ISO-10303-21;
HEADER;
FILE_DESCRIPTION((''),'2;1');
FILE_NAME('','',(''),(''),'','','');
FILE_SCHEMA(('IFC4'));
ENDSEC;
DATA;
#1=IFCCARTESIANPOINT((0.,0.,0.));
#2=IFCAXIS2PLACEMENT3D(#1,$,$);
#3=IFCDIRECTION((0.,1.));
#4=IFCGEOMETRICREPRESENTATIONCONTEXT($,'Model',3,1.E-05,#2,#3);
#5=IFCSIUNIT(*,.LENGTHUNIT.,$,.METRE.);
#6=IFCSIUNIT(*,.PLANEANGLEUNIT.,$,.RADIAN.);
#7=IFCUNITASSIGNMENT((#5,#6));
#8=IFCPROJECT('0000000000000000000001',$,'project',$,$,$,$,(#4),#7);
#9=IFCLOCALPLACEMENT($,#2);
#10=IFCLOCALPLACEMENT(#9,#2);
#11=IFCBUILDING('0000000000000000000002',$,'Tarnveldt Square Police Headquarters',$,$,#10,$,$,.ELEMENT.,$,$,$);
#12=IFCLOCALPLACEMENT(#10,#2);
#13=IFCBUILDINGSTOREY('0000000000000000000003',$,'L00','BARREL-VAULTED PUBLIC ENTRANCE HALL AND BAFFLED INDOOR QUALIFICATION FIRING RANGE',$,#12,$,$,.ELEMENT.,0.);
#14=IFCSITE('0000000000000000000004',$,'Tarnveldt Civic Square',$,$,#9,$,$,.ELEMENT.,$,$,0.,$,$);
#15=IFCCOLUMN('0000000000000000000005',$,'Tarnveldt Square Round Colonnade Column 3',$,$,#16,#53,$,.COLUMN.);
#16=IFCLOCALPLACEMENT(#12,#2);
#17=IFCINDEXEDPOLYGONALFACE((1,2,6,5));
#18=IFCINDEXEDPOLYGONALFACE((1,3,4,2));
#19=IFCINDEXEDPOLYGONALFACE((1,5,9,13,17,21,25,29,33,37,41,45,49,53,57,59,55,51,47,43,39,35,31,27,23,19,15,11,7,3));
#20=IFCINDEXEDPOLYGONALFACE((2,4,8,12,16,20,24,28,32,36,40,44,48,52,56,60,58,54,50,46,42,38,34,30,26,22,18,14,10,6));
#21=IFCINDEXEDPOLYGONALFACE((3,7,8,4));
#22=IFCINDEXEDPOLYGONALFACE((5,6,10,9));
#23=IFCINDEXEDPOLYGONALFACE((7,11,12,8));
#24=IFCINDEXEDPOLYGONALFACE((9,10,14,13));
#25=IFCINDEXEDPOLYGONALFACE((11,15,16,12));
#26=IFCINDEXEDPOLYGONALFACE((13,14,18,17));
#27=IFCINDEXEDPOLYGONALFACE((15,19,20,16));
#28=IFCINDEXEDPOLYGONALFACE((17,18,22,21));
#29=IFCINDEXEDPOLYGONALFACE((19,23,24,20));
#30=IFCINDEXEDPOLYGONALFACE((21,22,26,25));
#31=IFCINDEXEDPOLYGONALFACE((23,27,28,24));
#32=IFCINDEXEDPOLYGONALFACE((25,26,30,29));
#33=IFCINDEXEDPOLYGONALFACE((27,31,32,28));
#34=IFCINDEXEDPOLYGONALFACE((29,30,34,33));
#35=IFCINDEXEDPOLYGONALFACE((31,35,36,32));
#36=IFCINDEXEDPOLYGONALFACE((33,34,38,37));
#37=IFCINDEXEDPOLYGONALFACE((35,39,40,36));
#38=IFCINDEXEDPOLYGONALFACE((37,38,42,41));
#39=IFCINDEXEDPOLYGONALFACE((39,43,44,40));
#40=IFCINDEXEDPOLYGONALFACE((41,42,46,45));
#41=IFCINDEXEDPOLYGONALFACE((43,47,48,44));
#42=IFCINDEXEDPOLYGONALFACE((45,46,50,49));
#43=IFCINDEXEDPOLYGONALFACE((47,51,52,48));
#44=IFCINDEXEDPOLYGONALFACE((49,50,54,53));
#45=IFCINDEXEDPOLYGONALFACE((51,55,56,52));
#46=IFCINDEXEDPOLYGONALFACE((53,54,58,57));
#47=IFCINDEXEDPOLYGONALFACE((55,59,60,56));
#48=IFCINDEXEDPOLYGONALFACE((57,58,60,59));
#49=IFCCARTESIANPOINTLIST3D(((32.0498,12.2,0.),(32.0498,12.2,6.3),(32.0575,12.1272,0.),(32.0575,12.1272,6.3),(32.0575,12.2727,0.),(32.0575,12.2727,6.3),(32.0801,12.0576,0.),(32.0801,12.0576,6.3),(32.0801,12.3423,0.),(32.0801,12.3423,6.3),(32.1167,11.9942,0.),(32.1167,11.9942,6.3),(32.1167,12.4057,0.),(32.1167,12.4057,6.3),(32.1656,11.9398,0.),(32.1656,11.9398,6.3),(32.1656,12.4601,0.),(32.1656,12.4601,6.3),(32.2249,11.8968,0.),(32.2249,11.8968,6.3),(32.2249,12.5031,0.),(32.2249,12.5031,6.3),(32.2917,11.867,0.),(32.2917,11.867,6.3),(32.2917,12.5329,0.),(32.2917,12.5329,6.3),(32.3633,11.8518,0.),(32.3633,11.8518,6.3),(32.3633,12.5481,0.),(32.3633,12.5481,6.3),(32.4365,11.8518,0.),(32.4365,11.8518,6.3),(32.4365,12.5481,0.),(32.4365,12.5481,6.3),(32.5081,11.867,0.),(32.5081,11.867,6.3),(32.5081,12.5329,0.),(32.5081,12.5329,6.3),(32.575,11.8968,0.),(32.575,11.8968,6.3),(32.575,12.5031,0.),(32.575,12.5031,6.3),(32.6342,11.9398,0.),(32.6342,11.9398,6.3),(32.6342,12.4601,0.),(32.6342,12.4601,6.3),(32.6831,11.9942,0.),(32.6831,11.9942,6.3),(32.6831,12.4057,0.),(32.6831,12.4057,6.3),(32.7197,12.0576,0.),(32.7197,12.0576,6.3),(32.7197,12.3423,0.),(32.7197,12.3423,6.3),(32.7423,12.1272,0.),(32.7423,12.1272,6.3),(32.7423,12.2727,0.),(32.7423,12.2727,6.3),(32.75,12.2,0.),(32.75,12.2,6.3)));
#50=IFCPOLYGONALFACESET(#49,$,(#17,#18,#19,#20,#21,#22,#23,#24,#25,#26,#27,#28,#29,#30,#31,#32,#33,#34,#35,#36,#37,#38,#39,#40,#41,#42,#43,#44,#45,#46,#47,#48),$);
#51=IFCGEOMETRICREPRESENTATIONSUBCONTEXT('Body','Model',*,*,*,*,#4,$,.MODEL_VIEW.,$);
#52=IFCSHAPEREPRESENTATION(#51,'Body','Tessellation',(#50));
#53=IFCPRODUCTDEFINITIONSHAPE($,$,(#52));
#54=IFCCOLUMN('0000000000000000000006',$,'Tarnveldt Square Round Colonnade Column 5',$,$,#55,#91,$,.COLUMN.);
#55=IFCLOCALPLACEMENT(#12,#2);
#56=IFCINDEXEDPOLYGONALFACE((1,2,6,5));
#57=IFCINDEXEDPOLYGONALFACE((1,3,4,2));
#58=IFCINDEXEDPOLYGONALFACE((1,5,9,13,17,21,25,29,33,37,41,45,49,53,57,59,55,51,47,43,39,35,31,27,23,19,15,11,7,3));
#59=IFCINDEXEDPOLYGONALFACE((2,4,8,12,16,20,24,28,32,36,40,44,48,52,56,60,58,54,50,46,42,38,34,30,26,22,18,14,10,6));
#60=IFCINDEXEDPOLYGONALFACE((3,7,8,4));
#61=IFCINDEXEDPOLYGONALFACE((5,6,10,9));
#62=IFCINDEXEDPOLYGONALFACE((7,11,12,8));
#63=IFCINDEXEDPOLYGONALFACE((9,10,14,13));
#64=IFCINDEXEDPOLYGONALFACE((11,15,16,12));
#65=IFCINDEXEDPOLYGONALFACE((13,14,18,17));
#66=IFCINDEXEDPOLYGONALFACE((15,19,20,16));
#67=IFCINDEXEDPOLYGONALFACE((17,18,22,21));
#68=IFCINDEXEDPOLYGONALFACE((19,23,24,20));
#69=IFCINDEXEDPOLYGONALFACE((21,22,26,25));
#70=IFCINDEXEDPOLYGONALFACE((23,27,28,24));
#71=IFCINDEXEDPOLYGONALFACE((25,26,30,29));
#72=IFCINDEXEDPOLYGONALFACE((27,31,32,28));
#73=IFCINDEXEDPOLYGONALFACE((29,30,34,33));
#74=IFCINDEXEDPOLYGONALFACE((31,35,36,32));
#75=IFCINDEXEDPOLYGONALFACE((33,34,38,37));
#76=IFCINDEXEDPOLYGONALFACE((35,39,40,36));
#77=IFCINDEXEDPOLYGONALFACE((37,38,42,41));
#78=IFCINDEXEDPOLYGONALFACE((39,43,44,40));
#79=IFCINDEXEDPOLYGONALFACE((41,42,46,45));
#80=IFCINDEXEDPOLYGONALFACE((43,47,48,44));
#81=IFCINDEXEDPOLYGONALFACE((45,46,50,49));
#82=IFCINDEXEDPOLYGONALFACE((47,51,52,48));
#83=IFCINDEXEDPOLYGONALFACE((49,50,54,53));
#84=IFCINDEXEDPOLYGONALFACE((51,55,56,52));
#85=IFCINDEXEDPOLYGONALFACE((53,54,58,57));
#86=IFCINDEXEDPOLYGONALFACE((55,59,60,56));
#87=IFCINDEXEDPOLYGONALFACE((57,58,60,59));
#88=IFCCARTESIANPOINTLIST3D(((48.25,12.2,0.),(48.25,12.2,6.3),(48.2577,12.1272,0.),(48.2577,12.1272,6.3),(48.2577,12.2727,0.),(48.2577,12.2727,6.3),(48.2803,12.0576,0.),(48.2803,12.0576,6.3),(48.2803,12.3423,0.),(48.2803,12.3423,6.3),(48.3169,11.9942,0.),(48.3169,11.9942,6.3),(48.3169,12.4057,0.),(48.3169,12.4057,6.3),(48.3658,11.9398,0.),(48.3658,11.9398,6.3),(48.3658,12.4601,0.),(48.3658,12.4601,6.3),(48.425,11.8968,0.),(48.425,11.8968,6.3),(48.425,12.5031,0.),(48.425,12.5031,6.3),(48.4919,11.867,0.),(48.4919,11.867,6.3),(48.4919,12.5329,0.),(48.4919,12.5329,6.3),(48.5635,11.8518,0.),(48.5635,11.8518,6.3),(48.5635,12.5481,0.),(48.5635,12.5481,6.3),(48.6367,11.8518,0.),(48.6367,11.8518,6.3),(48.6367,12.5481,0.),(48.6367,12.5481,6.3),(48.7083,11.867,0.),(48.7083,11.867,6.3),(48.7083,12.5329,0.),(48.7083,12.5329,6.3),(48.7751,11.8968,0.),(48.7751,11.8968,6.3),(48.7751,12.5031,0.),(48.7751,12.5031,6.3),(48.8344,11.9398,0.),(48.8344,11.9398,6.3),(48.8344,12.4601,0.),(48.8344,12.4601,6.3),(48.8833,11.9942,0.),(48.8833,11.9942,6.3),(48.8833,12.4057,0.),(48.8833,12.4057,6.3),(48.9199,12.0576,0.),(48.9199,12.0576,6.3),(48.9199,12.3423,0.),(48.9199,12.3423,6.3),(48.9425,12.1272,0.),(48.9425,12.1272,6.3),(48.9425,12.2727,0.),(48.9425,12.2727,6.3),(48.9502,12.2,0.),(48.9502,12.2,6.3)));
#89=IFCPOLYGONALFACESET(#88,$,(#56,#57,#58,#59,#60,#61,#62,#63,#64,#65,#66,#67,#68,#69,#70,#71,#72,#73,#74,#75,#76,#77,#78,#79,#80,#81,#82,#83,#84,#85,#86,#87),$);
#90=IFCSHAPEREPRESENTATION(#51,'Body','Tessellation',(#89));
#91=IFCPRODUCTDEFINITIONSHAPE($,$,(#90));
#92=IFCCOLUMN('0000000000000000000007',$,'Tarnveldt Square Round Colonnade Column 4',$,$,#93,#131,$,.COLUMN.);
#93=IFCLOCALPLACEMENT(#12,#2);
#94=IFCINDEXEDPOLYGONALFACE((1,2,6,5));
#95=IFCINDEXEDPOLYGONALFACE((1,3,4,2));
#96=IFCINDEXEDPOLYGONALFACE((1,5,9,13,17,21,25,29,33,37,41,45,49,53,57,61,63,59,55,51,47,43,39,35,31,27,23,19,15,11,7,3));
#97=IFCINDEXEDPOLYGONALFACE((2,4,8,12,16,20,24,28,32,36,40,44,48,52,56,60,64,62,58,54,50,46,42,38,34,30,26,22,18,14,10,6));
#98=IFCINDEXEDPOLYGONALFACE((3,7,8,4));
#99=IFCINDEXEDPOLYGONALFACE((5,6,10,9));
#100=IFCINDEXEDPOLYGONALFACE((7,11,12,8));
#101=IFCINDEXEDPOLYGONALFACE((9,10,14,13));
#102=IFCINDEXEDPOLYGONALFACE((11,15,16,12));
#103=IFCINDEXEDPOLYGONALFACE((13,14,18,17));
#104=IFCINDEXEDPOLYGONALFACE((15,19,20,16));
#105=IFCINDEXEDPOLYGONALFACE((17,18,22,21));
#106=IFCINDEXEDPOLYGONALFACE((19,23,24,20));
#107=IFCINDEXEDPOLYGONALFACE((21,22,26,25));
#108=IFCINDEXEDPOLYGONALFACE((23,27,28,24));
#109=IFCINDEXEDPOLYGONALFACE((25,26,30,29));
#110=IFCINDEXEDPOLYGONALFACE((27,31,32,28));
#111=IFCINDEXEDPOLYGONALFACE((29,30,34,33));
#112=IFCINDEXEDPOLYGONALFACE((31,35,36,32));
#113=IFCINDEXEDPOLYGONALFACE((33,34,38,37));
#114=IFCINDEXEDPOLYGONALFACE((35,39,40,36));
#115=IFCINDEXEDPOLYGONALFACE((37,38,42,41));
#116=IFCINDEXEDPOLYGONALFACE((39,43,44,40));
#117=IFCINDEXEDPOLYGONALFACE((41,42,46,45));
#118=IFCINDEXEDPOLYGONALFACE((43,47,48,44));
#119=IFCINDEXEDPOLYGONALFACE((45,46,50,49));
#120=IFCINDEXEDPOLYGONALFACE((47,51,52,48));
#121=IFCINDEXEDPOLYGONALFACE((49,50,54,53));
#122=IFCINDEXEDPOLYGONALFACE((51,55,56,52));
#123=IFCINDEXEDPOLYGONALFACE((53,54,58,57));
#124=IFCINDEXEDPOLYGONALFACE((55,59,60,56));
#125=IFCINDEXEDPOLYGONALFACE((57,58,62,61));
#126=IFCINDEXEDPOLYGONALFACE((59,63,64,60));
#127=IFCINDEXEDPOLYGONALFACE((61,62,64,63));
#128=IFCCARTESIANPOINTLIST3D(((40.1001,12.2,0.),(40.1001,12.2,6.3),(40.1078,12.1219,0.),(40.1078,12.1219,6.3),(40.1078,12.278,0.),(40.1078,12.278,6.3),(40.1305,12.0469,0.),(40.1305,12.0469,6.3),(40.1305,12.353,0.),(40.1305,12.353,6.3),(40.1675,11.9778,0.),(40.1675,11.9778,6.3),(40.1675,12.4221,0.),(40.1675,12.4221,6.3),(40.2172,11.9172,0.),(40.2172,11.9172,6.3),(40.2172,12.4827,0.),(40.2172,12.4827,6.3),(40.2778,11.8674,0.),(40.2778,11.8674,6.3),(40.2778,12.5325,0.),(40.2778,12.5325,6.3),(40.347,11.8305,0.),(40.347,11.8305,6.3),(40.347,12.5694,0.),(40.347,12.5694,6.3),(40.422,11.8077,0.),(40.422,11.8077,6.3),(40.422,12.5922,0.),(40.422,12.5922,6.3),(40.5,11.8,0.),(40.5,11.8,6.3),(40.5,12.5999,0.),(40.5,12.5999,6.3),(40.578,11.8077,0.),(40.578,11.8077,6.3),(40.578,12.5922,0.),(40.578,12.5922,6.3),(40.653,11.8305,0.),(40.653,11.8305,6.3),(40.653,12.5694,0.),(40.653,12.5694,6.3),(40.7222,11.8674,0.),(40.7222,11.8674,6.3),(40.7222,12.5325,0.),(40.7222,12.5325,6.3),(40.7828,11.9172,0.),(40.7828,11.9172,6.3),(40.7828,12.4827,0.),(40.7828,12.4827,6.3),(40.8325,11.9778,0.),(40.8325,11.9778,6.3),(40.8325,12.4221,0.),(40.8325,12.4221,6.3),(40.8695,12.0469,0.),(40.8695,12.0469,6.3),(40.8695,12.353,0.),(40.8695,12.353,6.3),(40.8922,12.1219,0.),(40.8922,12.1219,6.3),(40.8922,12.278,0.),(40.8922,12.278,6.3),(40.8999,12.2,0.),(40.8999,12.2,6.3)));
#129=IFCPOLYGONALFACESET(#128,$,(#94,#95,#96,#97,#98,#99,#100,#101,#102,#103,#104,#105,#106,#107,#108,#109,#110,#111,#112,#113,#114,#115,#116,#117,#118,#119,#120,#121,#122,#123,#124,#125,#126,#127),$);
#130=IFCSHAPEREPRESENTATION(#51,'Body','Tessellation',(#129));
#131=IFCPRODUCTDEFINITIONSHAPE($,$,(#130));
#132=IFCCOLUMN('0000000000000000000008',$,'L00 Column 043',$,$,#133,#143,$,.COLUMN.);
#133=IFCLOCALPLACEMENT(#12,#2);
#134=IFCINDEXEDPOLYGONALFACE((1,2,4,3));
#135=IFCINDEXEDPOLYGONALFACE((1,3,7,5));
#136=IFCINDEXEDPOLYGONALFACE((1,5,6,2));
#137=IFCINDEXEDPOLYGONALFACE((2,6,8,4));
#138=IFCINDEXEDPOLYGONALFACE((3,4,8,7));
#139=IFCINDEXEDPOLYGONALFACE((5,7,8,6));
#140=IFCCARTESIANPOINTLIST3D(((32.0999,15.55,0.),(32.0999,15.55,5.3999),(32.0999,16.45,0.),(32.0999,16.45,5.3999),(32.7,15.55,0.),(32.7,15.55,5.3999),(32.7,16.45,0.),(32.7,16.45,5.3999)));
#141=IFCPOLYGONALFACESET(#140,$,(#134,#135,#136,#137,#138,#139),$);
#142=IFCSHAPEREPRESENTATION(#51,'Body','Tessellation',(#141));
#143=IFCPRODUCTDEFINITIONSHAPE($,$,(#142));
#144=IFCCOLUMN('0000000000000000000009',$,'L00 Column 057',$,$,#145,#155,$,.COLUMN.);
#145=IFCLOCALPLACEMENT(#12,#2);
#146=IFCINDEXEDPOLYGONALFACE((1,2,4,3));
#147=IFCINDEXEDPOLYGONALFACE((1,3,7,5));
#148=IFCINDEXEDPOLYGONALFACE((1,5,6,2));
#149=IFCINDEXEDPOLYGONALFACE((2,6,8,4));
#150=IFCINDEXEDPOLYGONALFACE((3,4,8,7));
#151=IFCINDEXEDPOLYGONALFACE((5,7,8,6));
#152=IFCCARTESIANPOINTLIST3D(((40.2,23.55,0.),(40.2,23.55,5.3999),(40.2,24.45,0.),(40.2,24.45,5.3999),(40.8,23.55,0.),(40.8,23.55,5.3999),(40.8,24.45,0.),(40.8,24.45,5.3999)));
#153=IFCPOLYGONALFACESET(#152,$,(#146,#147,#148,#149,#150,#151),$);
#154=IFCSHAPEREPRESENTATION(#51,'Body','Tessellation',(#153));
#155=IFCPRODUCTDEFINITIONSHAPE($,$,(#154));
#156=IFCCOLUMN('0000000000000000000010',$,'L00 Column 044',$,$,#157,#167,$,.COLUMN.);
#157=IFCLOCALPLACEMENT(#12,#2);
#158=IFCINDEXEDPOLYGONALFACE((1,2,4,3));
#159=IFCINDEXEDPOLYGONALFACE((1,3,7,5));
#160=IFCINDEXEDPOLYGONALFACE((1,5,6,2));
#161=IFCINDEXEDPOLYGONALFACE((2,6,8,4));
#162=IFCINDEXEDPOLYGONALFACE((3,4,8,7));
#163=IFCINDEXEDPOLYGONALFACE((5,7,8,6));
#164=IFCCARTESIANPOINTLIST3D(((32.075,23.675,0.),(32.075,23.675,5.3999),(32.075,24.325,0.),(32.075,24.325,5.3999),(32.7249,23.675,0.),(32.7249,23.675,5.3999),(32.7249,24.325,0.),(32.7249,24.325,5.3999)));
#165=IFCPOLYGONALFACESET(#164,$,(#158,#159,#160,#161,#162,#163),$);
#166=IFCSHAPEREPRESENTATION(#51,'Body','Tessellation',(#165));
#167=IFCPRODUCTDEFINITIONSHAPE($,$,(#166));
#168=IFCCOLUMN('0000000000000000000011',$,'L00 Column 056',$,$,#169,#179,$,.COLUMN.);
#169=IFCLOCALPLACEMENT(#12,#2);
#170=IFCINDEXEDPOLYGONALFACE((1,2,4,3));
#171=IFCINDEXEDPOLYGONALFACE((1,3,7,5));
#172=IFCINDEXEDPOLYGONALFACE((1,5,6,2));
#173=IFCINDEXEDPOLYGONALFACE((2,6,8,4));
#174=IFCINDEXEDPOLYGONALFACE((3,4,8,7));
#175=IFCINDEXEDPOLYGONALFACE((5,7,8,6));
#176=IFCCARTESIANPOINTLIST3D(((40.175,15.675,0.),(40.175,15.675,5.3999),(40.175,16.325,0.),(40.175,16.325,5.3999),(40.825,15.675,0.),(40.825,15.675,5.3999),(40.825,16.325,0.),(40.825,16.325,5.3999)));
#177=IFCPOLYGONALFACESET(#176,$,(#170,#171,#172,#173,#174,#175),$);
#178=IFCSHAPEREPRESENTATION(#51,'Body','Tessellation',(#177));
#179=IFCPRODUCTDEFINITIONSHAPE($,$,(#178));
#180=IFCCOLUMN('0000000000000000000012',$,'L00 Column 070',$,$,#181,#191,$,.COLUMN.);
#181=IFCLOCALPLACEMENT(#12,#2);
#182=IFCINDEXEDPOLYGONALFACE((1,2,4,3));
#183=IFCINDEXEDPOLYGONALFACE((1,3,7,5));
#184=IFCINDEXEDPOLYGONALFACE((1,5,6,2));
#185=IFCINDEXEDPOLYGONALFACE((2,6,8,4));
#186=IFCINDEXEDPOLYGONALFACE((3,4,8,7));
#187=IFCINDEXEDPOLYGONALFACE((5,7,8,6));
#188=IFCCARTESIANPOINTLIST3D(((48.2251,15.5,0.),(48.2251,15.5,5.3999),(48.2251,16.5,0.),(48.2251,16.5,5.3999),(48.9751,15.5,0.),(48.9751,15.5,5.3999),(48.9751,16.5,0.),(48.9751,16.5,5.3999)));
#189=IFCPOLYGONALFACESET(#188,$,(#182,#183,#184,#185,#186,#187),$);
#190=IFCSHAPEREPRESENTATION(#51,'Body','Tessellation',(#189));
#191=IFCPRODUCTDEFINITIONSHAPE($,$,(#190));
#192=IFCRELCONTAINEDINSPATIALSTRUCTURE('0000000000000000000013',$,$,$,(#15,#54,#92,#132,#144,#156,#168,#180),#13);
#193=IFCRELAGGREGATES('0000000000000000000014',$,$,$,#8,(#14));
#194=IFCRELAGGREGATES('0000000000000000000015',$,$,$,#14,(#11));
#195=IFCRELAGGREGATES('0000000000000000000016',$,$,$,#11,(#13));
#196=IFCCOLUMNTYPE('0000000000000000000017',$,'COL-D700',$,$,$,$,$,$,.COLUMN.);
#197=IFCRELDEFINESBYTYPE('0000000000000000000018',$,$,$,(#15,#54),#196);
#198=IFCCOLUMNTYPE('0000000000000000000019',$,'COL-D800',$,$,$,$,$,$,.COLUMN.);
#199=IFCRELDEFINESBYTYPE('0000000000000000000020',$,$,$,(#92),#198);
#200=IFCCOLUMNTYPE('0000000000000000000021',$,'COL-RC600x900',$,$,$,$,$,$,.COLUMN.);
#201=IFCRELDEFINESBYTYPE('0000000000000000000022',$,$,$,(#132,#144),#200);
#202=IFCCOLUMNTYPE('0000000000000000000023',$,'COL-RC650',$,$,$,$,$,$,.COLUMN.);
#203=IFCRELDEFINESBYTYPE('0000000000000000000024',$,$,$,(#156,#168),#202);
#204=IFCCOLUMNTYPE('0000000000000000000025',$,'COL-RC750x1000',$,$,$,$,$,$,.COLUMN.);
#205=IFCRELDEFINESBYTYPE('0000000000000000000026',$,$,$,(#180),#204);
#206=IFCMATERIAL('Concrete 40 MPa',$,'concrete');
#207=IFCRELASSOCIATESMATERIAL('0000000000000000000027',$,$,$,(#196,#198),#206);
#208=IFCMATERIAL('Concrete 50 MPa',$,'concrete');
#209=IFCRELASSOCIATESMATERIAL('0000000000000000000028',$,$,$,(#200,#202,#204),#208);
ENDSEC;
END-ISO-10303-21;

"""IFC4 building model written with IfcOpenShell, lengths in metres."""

from ifc_helpers import new_model, si_unit, direction, frame, origin, origin_2d, place, context, subcontext, project, spatial, rectangle, circle, extrude, material, material_profile, profile_set, type_object, element, save


model = new_model("IFC4")

# Units and contexts
model_context = context("Model", 3, precision=1e-05, world=origin(), true_north=direction((0.0, 1.0)))
body_context = subcontext(model_context, "Body", "Model", "MODEL_VIEW")
ifc_project = project(units=[si_unit("LENGTHUNIT", "METRE"), si_unit("PLANEANGLEUNIT", "RADIAN")], contexts=[model_context])

# Site, building, storey
site_placement = place(None, origin())
site = spatial("IfcSite", under=ifc_project, at=site_placement, Name="Tarnveldt Civic Square", CompositionType="ELEMENT", RefElevation=0.0)
building_placement = place(site_placement, origin())
building = spatial("IfcBuilding", under=site, at=building_placement, Name="Tarnveldt Square Police Headquarters", CompositionType="ELEMENT")
storey_placement = place(building_placement, origin())
storey = spatial("IfcBuildingStorey", under=building, at=storey_placement, Name="L00", Description="BARREL-VAULTED PUBLIC ENTRANCE HALL AND BAFFLED INDOOR QUALIFICATION FIRING RANGE", CompositionType="ELEMENT", Elevation=0.0)

# Columns
ifc_material_1 = material(Name="Concrete 40 MPa", Category="concrete")
ifc_material_profile_1 = material_profile(ifc_material_1, circle(Radius=0.3501, at=origin_2d()), Name="RC-D700")
ifc_profile_set_1 = profile_set([ifc_material_profile_1], Name="Concrete 40 MPa")
column_type_1 = type_object("IfcColumnType", Name="COL-D700", PredefinedType="COLUMN", material=ifc_profile_set_1)
for number, where, z_axis, x_axis, name in (
    (1, (32.3999, 12.2, 0.0), (0.0, 0.0, 1.0), (1.0, 0.0, 0.0), "Tarnveldt Square Round Colonnade Column 3"),
    (2, (48.6001, 12.2, 0.0), (0.0, 0.0, 1.0), (1.0, 0.0, 0.0), "Tarnveldt Square Round Colonnade Column 5"),
):
    element("IfcColumn", number, at=place(storey_placement, frame(where, z_axis=z_axis, x_axis=x_axis)), inside=storey, type_object=column_type_1, Name=name, PredefinedType="COLUMN", context=body_context, shape_type="SweptSolid", body=[
        extrude(circle(Radius=0.3501, at=origin_2d()), origin(), (0.0, 0.0, 1.0), 6.3),
    ])
ifc_material_profile_2 = material_profile(ifc_material_1, circle(Radius=0.3999, at=origin_2d()), Name="RC-D800")
ifc_profile_set_2 = profile_set([ifc_material_profile_2], Name="Concrete 40 MPa")
column_type_2 = type_object("IfcColumnType", Name="COL-D800", PredefinedType="COLUMN", material=ifc_profile_set_2)
column_1_placement = place(storey_placement, frame((40.5, 12.2, 0.0), z_axis=(0.0, 0.0, 1.0), x_axis=(1.0, 0.0, 0.0)))
element("IfcColumn", 3, at=column_1_placement, inside=storey, type_object=column_type_2, Name="Tarnveldt Square Round Colonnade Column 4", PredefinedType="COLUMN", context=body_context, shape_type="SweptSolid", body=[
    extrude(circle(Radius=0.3999, at=origin_2d()), origin(), (0.0, 0.0, 1.0), 6.3),
])
ifc_material_2 = material(Name="Concrete 50 MPa", Category="concrete")
ifc_material_profile_3 = material_profile(ifc_material_2, rectangle(XDim=0.6001, YDim=0.8999, at=origin_2d()), Name="RC-C600x900")
ifc_profile_set_3 = profile_set([ifc_material_profile_3], Name="Concrete 50 MPa")
column_type_3 = type_object("IfcColumnType", Name="COL-RC600x900", PredefinedType="COLUMN", material=ifc_profile_set_3)
for number, where, z_axis, x_axis, name in (
    (4, (32.3999, 16.0, 0.0), (0.0, 0.0, 1.0), (1.0, 0.0, 0.0), "L00 Column 043"),
    (5, (40.5, 24.0, 0.0), (0.0, 0.0, 1.0), (1.0, 0.0, 0.0), "L00 Column 057"),
):
    element("IfcColumn", number, at=place(storey_placement, frame(where, z_axis=z_axis, x_axis=x_axis)), inside=storey, type_object=column_type_3, Name=name, PredefinedType="COLUMN", context=body_context, shape_type="SweptSolid", body=[
        extrude(rectangle(XDim=0.6001, YDim=0.8999, at=origin_2d()), origin(), (0.0, 0.0, 1.0), 5.3999),
    ])
ifc_material_profile_4 = material_profile(ifc_material_2, rectangle(XDim=0.6499, YDim=0.6499, at=origin_2d()), Name="RC-C650x650")
ifc_profile_set_4 = profile_set([ifc_material_profile_4], Name="Concrete 50 MPa")
column_type_4 = type_object("IfcColumnType", Name="COL-RC650", PredefinedType="COLUMN", material=ifc_profile_set_4)
for number, where, z_axis, x_axis, name in (
    (6, (32.3999, 24.0, 0.0), (0.0, 0.0, 1.0), (1.0, 0.0, 0.0), "L00 Column 044"),
    (7, (40.5, 16.0, 0.0), (0.0, 0.0, 1.0), (1.0, 0.0, 0.0), "L00 Column 056"),
):
    element("IfcColumn", number, at=place(storey_placement, frame(where, z_axis=z_axis, x_axis=x_axis)), inside=storey, type_object=column_type_4, Name=name, PredefinedType="COLUMN", context=body_context, shape_type="SweptSolid", body=[
        extrude(rectangle(XDim=0.6499, YDim=0.6499, at=origin_2d()), origin(), (0.0, 0.0, 1.0), 5.3999),
    ])
ifc_material_profile_5 = material_profile(ifc_material_2, rectangle(XDim=0.75, YDim=1.0, at=origin_2d()), Name="RC-C750x1000")
ifc_profile_set_5 = profile_set([ifc_material_profile_5], Name="Concrete 50 MPa")
column_type_5 = type_object("IfcColumnType", Name="COL-RC750x1000", PredefinedType="COLUMN", material=ifc_profile_set_5)
column_2_placement = place(storey_placement, frame((48.6001, 16.0, 0.0), z_axis=(0.0, 0.0, 1.0), x_axis=(1.0, 0.0, 0.0)))
element("IfcColumn", 8, at=column_2_placement, inside=storey, type_object=column_type_5, Name="L00 Column 070", PredefinedType="COLUMN", context=body_context, shape_type="SweptSolid", body=[
    extrude(rectangle(XDim=0.75, YDim=1.0, at=origin_2d()), origin(), (0.0, 0.0, 1.0), 5.3999),
])

save(model, "model.ifc")
